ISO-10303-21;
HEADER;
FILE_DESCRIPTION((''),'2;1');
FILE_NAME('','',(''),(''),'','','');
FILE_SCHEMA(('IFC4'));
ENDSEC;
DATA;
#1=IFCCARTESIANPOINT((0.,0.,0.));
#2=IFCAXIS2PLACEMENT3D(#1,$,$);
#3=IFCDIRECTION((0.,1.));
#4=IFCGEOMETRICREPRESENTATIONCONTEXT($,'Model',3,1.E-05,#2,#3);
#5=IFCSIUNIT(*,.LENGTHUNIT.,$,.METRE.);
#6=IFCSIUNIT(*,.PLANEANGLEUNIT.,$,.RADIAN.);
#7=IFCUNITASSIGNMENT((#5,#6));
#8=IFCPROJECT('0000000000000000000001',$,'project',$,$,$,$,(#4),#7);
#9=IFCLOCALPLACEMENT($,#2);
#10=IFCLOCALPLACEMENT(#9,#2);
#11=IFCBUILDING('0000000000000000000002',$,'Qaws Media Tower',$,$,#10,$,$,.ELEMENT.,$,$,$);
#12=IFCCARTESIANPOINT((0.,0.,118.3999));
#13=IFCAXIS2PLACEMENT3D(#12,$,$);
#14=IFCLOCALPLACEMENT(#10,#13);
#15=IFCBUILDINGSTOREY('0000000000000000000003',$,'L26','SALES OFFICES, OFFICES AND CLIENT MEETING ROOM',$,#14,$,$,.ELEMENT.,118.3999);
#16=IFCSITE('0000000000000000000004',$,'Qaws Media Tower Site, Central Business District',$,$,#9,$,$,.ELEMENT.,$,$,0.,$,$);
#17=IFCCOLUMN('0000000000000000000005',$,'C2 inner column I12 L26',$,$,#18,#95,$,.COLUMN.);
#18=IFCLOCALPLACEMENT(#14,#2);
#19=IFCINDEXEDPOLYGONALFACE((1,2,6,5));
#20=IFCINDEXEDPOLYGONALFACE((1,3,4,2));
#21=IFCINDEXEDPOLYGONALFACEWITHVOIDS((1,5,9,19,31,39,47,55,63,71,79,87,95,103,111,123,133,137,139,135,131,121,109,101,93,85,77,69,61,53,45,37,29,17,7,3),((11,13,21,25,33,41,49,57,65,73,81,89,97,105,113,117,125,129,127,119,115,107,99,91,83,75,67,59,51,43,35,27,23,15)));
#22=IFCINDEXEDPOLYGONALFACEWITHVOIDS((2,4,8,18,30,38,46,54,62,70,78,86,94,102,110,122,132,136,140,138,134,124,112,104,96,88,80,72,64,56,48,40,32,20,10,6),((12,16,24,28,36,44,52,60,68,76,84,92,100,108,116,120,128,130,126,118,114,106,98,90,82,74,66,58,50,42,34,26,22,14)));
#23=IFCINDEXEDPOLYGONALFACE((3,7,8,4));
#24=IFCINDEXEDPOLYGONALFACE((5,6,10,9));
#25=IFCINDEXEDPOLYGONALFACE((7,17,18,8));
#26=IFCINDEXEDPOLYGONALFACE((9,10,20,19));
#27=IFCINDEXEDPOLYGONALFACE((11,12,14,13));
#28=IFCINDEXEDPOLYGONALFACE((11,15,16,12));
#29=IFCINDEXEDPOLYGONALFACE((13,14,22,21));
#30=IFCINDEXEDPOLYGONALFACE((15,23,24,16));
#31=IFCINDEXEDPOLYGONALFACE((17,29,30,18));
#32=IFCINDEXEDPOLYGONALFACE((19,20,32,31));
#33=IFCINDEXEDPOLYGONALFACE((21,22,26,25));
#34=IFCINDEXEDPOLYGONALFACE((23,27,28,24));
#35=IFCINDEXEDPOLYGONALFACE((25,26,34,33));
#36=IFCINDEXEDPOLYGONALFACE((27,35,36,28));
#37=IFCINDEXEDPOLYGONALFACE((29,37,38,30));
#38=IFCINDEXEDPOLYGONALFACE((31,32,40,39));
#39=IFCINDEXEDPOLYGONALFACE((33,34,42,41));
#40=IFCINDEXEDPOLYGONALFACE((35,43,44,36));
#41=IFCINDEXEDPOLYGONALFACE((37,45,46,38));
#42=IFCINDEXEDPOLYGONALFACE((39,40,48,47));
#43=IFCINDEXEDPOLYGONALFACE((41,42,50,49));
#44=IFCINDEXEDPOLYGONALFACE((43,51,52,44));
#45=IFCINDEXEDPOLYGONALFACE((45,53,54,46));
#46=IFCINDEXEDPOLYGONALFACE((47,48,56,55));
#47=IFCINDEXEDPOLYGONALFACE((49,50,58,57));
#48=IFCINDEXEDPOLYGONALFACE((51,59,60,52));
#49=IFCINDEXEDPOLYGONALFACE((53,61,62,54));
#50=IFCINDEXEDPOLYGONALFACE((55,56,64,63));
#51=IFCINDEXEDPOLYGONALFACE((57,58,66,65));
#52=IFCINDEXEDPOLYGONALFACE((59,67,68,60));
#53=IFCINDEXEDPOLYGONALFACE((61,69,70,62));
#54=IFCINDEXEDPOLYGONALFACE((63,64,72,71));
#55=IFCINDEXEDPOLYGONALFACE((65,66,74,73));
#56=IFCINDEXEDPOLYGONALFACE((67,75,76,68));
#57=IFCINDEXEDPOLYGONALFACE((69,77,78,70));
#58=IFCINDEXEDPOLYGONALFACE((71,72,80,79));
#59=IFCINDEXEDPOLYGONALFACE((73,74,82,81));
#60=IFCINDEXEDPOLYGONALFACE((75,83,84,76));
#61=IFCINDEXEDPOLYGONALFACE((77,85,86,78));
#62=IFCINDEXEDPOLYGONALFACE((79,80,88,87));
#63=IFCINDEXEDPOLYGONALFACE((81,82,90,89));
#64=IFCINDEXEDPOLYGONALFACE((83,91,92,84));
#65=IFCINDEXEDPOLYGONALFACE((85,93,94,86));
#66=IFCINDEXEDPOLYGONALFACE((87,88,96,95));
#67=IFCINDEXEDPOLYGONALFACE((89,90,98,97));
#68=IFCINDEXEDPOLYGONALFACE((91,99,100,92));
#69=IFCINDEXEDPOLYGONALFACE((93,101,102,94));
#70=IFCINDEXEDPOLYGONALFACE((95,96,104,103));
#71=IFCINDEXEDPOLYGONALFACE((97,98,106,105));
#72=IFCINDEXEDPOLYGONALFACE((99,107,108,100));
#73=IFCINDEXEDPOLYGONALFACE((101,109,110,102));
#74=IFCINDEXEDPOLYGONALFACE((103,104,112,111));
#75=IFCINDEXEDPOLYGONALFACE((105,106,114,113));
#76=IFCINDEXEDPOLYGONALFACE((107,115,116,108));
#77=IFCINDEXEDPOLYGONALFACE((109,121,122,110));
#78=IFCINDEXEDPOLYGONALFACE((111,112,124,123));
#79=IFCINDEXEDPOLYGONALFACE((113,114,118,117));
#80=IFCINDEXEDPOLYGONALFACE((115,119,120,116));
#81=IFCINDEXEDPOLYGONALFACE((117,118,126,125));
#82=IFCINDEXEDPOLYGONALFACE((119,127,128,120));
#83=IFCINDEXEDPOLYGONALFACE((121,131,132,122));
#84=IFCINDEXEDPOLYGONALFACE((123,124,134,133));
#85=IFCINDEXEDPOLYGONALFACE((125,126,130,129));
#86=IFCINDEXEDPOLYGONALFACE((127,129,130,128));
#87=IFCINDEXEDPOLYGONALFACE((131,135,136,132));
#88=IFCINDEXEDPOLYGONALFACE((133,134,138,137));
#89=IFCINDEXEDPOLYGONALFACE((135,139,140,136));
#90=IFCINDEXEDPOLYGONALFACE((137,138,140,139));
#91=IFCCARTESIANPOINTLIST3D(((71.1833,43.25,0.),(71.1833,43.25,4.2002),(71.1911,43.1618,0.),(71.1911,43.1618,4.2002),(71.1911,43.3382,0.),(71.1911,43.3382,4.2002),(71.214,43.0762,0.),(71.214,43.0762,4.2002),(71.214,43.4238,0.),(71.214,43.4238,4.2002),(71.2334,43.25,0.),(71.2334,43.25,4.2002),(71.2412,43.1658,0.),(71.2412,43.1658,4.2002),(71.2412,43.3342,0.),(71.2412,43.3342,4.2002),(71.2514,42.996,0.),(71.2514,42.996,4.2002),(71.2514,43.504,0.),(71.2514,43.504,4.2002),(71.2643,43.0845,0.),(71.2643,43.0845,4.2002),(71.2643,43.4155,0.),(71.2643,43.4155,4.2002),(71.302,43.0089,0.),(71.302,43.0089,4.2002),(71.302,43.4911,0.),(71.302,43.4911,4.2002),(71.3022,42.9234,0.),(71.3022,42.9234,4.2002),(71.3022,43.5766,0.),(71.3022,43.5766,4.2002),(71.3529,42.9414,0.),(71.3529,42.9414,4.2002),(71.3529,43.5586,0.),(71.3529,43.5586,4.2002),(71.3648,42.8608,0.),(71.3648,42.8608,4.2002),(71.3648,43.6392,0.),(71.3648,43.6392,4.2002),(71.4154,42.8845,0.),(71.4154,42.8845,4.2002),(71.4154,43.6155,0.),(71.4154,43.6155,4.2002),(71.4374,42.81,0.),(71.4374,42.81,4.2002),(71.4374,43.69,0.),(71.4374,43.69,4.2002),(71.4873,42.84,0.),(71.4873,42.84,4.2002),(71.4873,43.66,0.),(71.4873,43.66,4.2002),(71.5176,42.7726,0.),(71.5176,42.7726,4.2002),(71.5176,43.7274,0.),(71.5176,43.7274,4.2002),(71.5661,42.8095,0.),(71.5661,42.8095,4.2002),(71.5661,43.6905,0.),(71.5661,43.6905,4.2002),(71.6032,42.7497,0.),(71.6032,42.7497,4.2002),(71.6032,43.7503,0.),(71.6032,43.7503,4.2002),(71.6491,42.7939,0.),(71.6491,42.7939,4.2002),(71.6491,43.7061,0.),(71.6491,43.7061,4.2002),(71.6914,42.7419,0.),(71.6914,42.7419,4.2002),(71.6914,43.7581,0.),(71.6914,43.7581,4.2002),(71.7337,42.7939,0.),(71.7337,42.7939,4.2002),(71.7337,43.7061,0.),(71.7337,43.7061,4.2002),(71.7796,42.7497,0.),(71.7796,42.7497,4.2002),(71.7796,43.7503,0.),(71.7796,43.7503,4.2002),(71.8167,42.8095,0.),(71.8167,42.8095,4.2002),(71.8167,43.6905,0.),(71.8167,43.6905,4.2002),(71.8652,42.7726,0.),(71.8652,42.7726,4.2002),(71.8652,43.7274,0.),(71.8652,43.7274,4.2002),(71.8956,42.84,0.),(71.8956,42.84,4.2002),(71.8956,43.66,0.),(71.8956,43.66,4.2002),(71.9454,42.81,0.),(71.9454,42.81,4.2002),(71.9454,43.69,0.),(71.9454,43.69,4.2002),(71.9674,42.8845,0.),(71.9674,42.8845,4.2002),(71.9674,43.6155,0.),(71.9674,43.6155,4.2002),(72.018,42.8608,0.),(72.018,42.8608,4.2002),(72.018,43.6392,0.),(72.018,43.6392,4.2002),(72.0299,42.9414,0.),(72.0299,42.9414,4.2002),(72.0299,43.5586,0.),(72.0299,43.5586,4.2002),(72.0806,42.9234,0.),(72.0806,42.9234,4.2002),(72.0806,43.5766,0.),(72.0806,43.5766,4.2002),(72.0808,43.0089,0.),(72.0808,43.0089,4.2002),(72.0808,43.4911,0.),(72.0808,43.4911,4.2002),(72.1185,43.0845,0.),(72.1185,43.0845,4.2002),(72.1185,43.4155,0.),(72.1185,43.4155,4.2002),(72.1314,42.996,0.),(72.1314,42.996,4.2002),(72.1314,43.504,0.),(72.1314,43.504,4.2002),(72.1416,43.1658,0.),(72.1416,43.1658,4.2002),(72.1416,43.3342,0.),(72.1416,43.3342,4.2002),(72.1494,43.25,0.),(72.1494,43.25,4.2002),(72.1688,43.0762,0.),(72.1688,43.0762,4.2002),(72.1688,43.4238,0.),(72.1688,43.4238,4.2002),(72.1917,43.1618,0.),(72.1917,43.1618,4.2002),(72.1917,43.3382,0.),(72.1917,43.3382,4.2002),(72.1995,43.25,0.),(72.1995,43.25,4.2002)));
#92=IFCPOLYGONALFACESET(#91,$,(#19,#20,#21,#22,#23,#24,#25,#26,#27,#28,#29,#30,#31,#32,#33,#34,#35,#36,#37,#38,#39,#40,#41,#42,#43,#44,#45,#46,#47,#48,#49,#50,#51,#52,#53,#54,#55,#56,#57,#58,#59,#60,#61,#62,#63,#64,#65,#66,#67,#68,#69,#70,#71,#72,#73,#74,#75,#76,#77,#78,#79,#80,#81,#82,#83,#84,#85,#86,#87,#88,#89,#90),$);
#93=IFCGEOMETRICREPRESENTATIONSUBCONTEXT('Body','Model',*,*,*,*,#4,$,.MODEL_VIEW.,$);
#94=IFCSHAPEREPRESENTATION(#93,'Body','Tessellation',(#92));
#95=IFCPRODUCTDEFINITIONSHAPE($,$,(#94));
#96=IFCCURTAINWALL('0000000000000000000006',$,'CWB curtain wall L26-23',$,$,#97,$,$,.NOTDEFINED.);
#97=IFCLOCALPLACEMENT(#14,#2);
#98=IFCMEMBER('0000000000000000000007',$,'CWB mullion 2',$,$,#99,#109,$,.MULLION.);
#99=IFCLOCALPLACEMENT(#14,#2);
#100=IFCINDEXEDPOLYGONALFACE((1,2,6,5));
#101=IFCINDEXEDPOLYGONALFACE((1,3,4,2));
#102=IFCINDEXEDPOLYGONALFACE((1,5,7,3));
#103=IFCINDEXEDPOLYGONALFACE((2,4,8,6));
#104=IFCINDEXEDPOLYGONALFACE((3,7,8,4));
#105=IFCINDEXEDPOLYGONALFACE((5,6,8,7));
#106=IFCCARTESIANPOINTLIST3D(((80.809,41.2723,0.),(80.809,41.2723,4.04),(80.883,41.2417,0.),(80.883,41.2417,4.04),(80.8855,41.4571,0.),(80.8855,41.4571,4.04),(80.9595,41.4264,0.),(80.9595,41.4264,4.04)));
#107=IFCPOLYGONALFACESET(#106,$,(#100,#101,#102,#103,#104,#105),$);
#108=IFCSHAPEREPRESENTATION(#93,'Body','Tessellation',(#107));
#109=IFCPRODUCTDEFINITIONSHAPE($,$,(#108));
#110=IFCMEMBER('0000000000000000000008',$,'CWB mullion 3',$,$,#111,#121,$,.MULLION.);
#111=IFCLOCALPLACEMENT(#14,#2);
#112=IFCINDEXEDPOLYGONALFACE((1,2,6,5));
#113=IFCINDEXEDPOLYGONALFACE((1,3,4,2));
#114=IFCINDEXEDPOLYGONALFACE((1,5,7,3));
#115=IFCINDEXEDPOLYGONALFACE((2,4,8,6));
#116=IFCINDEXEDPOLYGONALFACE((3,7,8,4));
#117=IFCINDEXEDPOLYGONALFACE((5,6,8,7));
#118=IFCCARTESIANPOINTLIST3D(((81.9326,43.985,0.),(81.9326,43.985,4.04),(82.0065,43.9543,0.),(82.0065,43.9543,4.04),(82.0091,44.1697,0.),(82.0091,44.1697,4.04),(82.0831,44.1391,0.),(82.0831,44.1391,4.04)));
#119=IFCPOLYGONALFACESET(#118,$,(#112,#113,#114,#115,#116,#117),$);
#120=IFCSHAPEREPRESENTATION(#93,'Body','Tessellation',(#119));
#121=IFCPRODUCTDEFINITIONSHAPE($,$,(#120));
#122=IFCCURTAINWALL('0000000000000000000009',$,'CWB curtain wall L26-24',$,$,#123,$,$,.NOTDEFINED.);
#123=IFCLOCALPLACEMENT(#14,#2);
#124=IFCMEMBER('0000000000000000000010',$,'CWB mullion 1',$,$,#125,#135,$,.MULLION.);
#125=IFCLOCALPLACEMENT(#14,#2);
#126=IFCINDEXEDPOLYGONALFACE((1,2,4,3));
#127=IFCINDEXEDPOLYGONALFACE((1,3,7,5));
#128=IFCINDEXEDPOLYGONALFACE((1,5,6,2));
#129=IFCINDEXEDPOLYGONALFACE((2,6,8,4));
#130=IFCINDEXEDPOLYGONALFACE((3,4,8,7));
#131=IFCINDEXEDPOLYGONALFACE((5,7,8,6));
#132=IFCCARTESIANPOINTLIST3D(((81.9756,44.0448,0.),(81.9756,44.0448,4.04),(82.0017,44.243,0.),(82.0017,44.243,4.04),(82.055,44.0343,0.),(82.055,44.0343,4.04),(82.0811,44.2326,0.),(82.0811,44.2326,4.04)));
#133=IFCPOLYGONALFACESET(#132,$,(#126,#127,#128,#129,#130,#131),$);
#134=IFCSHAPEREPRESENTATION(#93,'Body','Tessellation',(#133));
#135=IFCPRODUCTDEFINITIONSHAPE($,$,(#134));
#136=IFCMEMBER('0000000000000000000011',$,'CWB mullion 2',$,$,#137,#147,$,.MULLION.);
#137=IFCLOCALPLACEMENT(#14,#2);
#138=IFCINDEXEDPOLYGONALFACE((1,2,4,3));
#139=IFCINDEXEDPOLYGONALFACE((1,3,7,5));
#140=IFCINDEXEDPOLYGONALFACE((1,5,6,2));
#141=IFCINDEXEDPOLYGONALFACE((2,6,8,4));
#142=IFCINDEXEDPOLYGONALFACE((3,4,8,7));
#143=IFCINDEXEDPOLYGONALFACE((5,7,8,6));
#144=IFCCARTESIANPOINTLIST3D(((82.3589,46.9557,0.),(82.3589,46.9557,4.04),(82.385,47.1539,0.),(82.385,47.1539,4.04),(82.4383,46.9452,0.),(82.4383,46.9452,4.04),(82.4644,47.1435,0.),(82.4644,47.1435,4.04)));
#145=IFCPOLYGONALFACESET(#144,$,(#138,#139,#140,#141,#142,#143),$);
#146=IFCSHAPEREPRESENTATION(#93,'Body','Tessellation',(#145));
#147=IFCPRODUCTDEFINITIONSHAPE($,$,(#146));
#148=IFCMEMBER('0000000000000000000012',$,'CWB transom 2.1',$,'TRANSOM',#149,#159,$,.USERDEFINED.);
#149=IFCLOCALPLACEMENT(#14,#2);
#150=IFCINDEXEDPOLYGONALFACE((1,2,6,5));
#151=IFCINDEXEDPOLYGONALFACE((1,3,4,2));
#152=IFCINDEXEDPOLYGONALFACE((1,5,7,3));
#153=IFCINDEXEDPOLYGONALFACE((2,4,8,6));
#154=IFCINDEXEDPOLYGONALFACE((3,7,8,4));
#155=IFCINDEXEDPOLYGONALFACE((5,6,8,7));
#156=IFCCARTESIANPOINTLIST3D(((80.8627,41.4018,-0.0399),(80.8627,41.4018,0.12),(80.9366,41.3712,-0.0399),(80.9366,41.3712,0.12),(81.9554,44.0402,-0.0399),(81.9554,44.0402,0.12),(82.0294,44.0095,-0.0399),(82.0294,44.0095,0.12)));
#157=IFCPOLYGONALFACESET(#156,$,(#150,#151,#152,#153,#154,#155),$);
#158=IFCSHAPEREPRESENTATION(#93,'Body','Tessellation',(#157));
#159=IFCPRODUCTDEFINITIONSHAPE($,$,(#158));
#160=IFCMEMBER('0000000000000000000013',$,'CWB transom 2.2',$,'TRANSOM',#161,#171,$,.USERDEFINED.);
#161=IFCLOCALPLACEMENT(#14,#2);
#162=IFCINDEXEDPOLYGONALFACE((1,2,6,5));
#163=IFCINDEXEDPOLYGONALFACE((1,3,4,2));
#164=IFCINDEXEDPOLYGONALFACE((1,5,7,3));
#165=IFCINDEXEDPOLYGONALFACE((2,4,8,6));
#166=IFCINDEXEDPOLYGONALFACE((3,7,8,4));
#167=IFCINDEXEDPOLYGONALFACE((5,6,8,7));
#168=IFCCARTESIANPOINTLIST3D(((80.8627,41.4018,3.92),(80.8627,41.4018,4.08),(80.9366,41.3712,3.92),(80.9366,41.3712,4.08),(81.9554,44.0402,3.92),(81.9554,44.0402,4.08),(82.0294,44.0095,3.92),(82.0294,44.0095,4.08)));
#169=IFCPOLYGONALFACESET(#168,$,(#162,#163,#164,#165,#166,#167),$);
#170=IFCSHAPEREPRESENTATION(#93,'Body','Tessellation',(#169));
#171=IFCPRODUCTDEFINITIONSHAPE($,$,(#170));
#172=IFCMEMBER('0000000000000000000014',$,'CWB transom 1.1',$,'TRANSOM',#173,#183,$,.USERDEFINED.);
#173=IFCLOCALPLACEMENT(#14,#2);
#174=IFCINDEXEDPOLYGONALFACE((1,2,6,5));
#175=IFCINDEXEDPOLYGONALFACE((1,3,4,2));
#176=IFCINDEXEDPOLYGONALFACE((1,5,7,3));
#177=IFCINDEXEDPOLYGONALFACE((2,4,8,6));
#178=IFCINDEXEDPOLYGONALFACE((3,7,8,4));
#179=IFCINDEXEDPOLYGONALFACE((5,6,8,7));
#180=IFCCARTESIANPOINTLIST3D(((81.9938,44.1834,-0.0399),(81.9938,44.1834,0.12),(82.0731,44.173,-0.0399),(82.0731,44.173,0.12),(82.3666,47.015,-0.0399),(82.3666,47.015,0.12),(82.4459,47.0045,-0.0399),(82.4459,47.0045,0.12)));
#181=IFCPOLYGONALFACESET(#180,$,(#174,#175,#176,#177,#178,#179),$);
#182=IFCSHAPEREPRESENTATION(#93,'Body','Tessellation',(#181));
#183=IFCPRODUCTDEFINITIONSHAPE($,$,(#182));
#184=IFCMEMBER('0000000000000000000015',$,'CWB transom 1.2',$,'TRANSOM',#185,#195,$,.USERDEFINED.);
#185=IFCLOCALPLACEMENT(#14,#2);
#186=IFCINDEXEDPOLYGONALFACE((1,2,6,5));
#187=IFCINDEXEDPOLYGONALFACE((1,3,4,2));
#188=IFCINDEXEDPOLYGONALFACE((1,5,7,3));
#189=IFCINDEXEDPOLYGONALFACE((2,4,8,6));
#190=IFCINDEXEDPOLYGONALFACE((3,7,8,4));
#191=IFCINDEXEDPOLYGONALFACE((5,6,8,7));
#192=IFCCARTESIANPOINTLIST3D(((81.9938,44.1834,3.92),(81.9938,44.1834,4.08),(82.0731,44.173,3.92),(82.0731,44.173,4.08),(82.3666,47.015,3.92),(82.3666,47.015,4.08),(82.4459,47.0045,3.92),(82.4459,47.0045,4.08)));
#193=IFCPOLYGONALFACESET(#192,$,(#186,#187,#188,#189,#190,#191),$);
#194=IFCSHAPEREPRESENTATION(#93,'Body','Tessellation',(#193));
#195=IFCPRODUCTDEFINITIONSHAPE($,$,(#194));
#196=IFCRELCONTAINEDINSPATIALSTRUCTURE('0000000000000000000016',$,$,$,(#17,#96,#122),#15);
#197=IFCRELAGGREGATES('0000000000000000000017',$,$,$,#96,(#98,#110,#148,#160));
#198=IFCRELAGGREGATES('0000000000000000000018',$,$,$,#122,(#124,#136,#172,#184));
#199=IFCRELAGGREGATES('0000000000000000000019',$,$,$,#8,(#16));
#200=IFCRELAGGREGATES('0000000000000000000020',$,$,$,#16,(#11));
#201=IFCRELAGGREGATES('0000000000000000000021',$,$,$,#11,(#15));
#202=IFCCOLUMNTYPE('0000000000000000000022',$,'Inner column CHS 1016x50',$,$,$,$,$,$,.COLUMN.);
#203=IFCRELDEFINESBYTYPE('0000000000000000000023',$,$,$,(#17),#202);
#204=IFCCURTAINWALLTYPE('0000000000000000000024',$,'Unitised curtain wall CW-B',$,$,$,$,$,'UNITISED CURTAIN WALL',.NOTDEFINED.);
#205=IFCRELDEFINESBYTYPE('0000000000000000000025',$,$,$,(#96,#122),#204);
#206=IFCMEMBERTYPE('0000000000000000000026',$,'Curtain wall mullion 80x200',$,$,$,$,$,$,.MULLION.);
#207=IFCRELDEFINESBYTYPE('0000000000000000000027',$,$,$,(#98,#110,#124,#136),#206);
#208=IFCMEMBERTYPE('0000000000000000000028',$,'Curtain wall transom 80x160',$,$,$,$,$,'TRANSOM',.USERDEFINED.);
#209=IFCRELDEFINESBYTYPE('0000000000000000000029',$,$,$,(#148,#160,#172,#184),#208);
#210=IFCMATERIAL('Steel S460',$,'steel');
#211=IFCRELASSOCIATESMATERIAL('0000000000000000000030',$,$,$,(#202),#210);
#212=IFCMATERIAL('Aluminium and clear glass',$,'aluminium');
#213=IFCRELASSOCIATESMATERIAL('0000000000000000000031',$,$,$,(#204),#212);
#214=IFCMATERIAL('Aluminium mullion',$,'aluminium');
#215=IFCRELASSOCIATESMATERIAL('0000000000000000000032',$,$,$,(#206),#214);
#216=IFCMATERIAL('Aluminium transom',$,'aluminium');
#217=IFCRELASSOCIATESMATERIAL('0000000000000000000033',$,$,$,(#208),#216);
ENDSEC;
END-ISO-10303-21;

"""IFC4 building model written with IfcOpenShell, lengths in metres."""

from ifc_helpers import new_model, si_unit, direction, frame, origin, origin_2d, place, context, subcontext, project, spatial, rectangle, hollow_circle, extrude, material, material_profile, profile_set, type_object, element, aggregate, save


model = new_model("IFC4")

# Units and contexts
model_context = context("Model", 3, precision=1e-05, world=origin(), true_north=direction((0.0, 1.0)))
body_context = subcontext(model_context, "Body", "Model", "MODEL_VIEW")
ifc_project = project(units=[si_unit("LENGTHUNIT", "METRE"), si_unit("PLANEANGLEUNIT", "RADIAN")], contexts=[model_context])

# Site, building, storey
site_placement = place(None, origin())
site = spatial("IfcSite", under=ifc_project, at=site_placement, Name="Qaws Media Tower Site, Central Business District", CompositionType="ELEMENT", RefElevation=0.0)
building_placement = place(site_placement, origin())
building = spatial("IfcBuilding", under=site, at=building_placement, Name="Qaws Media Tower", CompositionType="ELEMENT")
storey_placement = place(building_placement, frame((0.0, 0.0, 118.3999)))
storey = spatial("IfcBuildingStorey", under=building, at=storey_placement, Name="L26", Description="SALES OFFICES, OFFICES AND CLIENT MEETING ROOM", CompositionType="ELEMENT", Elevation=118.3999)

# Column
ifc_material_1 = material(Name="Steel S460", Category="steel")
ifc_material_profile_1 = material_profile(ifc_material_1, hollow_circle(Radius=0.5081, WallThickness=0.05, at=origin_2d()), Name="CHS 1016x50")
ifc_profile_set_1 = profile_set([ifc_material_profile_1], Name="Steel S460")
column_type = type_object("IfcColumnType", Name="Inner column CHS 1016x50", PredefinedType="COLUMN", material=ifc_profile_set_1)
column_placement = place(storey_placement, frame((71.6914, 43.25, 0.0), z_axis=(0.0, 0.0, 1.0), x_axis=(1.0, 0.0, 0.0)))
element("IfcColumn", 1, at=column_placement, inside=storey, type_object=column_type, Name="C2 inner column I12 L26", PredefinedType="COLUMN", context=body_context, shape_type="SweptSolid", body=[
    extrude(hollow_circle(Radius=0.5081, WallThickness=0.05, at=origin_2d()), origin(), (0.0, 0.0, 1.0), 4.2002),
])

# Curtain walls, members
ifc_material_2 = material(Name="Aluminium and clear glass", Category="aluminium")
curtain_wall_type = type_object("IfcCurtainWallType", Name="Unitised curtain wall CW-B", ElementType="UNITISED CURTAIN WALL", PredefinedType="NOTDEFINED", material=ifc_material_2)
curtain_wall_1_placement = place(storey_placement, origin())
curtain_wall_1 = element("IfcCurtainWall", 2, at=curtain_wall_1_placement, inside=storey, type_object=curtain_wall_type, Name="CWB curtain wall L26-23", PredefinedType="NOTDEFINED")
ifc_material_3 = material(Name="Aluminium mullion", Category="aluminium")
ifc_material_profile_2 = material_profile(ifc_material_3, rectangle(XDim=0.0801, YDim=0.2, at=origin_2d()), Name="80x200")
ifc_profile_set_2 = profile_set([ifc_material_profile_2], Name="Aluminium mullion")
member_type_1 = type_object("IfcMemberType", Name="Curtain wall mullion 80x200", PredefinedType="MULLION", material=ifc_profile_set_2)
member_1_placement = place(storey_placement, frame((80.8843, 41.3494, 0.0), z_axis=(0.0, 0.0, 1.0), x_axis=(-0.92388, 0.382683, 0.0)))
member_1 = element("IfcMember", 3, at=member_1_placement, type_object=member_type_1, Name="CWB mullion 2", PredefinedType="MULLION", context=body_context, shape_type="SweptSolid", body=[
    extrude(rectangle(XDim=0.0801, YDim=0.2, at=origin_2d()), origin(), (0.0, 0.0, 1.0), 4.04),
])
member_2_placement = place(storey_placement, frame((82.0078, 44.062, 0.0), z_axis=(0.0, 0.0, 1.0), x_axis=(-0.92388, 0.382683, 0.0)))
member_2 = element("IfcMember", 4, at=member_2_placement, type_object=member_type_1, Name="CWB mullion 3", PredefinedType="MULLION", context=body_context, shape_type="SweptSolid", body=[
    extrude(rectangle(XDim=0.0801, YDim=0.2, at=origin_2d()), origin(), (0.0, 0.0, 1.0), 4.04),
])
curtain_wall_2_placement = place(storey_placement, origin())
curtain_wall_2 = element("IfcCurtainWall", 5, at=curtain_wall_2_placement, inside=storey, type_object=curtain_wall_type, Name="CWB curtain wall L26-24", PredefinedType="NOTDEFINED")
member_3_placement = place(storey_placement, frame((82.0283, 44.1387, 0.0), z_axis=(0.0, 0.0, 1.0), x_axis=(-0.991445, 0.130526, 0.0)))
member_3 = element("IfcMember", 6, at=member_3_placement, type_object=member_type_1, Name="CWB mullion 1", PredefinedType="MULLION", context=body_context, shape_type="SweptSolid", body=[
    extrude(rectangle(XDim=0.0801, YDim=0.2, at=origin_2d()), origin(), (0.0, 0.0, 1.0), 4.04),
])
member_4_placement = place(storey_placement, frame((82.4116, 47.0496, 0.0), z_axis=(0.0, 0.0, 1.0), x_axis=(-0.991445, 0.130526, 0.0)))
member_4 = element("IfcMember", 7, at=member_4_placement, type_object=member_type_1, Name="CWB mullion 2", PredefinedType="MULLION", context=body_context, shape_type="SweptSolid", body=[
    extrude(rectangle(XDim=0.0801, YDim=0.2, at=origin_2d()), origin(), (0.0, 0.0, 1.0), 4.04),
])

# Members
ifc_material_4 = material(Name="Aluminium transom", Category="aluminium")
ifc_material_profile_3 = material_profile(ifc_material_4, rectangle(XDim=0.0801, YDim=0.1599, at=origin_2d()), Name="80x160")
ifc_profile_set_3 = profile_set([ifc_material_profile_3], Name="Aluminium transom")
member_type_2 = type_object("IfcMemberType", Name="Curtain wall transom 80x160", ElementType="TRANSOM", PredefinedType="USERDEFINED", material=ifc_profile_set_3)
member_5_placement = place(storey_placement, frame((80.8997, 41.3865, 0.04), z_axis=(0.382654, 0.923892, 0.0), x_axis=(-0.923892, 0.382654, 0.0)))
member_5 = element("IfcMember", 8, at=member_5_placement, type_object=member_type_2, Name="CWB transom 2.1", ObjectType="TRANSOM", PredefinedType="USERDEFINED", context=body_context, shape_type="SweptSolid", body=[
    extrude(rectangle(XDim=0.0801, YDim=0.1599, at=origin_2d()), origin(), (0.0, 0.0, 1.0), 2.8557),
])
member_6_placement = place(storey_placement, frame((80.8997, 41.3865, 4.0), z_axis=(0.382654, 0.923892, 0.0), x_axis=(-0.923892, 0.382654, 0.0)))
member_6 = element("IfcMember", 9, at=member_6_placement, type_object=member_type_2, Name="CWB transom 2.2", ObjectType="TRANSOM", PredefinedType="USERDEFINED", context=body_context, shape_type="SweptSolid", body=[
    extrude(rectangle(XDim=0.0801, YDim=0.1599, at=origin_2d()), origin(), (0.0, 0.0, 1.0), 2.8557),
])
member_7_placement = place(storey_placement, frame((82.0334, 44.1782, 0.04), z_axis=(0.130534, 0.991444, 0.0), x_axis=(-0.991444, 0.130534, 0.0)))
member_7 = element("IfcMember", 10, at=member_7_placement, type_object=member_type_2, Name="CWB transom 1.1", ObjectType="TRANSOM", PredefinedType="USERDEFINED", context=body_context, shape_type="SweptSolid", body=[
    extrude(rectangle(XDim=0.0801, YDim=0.1599, at=origin_2d()), origin(), (0.0, 0.0, 1.0), 2.856),
])
member_8_placement = place(storey_placement, frame((82.0334, 44.1782, 4.0), z_axis=(0.130534, 0.991444, 0.0), x_axis=(-0.991444, 0.130534, 0.0)))
member_8 = element("IfcMember", 11, at=member_8_placement, type_object=member_type_2, Name="CWB transom 1.2", ObjectType="TRANSOM", PredefinedType="USERDEFINED", context=body_context, shape_type="SweptSolid", body=[
    extrude(rectangle(XDim=0.0801, YDim=0.1599, at=origin_2d()), origin(), (0.0, 0.0, 1.0), 2.856),
])

aggregate(curtain_wall_1, [member_1, member_2, member_5, member_6])
aggregate(curtain_wall_2, [member_3, member_4, member_7, member_8])

save(model, "model.ifc")
